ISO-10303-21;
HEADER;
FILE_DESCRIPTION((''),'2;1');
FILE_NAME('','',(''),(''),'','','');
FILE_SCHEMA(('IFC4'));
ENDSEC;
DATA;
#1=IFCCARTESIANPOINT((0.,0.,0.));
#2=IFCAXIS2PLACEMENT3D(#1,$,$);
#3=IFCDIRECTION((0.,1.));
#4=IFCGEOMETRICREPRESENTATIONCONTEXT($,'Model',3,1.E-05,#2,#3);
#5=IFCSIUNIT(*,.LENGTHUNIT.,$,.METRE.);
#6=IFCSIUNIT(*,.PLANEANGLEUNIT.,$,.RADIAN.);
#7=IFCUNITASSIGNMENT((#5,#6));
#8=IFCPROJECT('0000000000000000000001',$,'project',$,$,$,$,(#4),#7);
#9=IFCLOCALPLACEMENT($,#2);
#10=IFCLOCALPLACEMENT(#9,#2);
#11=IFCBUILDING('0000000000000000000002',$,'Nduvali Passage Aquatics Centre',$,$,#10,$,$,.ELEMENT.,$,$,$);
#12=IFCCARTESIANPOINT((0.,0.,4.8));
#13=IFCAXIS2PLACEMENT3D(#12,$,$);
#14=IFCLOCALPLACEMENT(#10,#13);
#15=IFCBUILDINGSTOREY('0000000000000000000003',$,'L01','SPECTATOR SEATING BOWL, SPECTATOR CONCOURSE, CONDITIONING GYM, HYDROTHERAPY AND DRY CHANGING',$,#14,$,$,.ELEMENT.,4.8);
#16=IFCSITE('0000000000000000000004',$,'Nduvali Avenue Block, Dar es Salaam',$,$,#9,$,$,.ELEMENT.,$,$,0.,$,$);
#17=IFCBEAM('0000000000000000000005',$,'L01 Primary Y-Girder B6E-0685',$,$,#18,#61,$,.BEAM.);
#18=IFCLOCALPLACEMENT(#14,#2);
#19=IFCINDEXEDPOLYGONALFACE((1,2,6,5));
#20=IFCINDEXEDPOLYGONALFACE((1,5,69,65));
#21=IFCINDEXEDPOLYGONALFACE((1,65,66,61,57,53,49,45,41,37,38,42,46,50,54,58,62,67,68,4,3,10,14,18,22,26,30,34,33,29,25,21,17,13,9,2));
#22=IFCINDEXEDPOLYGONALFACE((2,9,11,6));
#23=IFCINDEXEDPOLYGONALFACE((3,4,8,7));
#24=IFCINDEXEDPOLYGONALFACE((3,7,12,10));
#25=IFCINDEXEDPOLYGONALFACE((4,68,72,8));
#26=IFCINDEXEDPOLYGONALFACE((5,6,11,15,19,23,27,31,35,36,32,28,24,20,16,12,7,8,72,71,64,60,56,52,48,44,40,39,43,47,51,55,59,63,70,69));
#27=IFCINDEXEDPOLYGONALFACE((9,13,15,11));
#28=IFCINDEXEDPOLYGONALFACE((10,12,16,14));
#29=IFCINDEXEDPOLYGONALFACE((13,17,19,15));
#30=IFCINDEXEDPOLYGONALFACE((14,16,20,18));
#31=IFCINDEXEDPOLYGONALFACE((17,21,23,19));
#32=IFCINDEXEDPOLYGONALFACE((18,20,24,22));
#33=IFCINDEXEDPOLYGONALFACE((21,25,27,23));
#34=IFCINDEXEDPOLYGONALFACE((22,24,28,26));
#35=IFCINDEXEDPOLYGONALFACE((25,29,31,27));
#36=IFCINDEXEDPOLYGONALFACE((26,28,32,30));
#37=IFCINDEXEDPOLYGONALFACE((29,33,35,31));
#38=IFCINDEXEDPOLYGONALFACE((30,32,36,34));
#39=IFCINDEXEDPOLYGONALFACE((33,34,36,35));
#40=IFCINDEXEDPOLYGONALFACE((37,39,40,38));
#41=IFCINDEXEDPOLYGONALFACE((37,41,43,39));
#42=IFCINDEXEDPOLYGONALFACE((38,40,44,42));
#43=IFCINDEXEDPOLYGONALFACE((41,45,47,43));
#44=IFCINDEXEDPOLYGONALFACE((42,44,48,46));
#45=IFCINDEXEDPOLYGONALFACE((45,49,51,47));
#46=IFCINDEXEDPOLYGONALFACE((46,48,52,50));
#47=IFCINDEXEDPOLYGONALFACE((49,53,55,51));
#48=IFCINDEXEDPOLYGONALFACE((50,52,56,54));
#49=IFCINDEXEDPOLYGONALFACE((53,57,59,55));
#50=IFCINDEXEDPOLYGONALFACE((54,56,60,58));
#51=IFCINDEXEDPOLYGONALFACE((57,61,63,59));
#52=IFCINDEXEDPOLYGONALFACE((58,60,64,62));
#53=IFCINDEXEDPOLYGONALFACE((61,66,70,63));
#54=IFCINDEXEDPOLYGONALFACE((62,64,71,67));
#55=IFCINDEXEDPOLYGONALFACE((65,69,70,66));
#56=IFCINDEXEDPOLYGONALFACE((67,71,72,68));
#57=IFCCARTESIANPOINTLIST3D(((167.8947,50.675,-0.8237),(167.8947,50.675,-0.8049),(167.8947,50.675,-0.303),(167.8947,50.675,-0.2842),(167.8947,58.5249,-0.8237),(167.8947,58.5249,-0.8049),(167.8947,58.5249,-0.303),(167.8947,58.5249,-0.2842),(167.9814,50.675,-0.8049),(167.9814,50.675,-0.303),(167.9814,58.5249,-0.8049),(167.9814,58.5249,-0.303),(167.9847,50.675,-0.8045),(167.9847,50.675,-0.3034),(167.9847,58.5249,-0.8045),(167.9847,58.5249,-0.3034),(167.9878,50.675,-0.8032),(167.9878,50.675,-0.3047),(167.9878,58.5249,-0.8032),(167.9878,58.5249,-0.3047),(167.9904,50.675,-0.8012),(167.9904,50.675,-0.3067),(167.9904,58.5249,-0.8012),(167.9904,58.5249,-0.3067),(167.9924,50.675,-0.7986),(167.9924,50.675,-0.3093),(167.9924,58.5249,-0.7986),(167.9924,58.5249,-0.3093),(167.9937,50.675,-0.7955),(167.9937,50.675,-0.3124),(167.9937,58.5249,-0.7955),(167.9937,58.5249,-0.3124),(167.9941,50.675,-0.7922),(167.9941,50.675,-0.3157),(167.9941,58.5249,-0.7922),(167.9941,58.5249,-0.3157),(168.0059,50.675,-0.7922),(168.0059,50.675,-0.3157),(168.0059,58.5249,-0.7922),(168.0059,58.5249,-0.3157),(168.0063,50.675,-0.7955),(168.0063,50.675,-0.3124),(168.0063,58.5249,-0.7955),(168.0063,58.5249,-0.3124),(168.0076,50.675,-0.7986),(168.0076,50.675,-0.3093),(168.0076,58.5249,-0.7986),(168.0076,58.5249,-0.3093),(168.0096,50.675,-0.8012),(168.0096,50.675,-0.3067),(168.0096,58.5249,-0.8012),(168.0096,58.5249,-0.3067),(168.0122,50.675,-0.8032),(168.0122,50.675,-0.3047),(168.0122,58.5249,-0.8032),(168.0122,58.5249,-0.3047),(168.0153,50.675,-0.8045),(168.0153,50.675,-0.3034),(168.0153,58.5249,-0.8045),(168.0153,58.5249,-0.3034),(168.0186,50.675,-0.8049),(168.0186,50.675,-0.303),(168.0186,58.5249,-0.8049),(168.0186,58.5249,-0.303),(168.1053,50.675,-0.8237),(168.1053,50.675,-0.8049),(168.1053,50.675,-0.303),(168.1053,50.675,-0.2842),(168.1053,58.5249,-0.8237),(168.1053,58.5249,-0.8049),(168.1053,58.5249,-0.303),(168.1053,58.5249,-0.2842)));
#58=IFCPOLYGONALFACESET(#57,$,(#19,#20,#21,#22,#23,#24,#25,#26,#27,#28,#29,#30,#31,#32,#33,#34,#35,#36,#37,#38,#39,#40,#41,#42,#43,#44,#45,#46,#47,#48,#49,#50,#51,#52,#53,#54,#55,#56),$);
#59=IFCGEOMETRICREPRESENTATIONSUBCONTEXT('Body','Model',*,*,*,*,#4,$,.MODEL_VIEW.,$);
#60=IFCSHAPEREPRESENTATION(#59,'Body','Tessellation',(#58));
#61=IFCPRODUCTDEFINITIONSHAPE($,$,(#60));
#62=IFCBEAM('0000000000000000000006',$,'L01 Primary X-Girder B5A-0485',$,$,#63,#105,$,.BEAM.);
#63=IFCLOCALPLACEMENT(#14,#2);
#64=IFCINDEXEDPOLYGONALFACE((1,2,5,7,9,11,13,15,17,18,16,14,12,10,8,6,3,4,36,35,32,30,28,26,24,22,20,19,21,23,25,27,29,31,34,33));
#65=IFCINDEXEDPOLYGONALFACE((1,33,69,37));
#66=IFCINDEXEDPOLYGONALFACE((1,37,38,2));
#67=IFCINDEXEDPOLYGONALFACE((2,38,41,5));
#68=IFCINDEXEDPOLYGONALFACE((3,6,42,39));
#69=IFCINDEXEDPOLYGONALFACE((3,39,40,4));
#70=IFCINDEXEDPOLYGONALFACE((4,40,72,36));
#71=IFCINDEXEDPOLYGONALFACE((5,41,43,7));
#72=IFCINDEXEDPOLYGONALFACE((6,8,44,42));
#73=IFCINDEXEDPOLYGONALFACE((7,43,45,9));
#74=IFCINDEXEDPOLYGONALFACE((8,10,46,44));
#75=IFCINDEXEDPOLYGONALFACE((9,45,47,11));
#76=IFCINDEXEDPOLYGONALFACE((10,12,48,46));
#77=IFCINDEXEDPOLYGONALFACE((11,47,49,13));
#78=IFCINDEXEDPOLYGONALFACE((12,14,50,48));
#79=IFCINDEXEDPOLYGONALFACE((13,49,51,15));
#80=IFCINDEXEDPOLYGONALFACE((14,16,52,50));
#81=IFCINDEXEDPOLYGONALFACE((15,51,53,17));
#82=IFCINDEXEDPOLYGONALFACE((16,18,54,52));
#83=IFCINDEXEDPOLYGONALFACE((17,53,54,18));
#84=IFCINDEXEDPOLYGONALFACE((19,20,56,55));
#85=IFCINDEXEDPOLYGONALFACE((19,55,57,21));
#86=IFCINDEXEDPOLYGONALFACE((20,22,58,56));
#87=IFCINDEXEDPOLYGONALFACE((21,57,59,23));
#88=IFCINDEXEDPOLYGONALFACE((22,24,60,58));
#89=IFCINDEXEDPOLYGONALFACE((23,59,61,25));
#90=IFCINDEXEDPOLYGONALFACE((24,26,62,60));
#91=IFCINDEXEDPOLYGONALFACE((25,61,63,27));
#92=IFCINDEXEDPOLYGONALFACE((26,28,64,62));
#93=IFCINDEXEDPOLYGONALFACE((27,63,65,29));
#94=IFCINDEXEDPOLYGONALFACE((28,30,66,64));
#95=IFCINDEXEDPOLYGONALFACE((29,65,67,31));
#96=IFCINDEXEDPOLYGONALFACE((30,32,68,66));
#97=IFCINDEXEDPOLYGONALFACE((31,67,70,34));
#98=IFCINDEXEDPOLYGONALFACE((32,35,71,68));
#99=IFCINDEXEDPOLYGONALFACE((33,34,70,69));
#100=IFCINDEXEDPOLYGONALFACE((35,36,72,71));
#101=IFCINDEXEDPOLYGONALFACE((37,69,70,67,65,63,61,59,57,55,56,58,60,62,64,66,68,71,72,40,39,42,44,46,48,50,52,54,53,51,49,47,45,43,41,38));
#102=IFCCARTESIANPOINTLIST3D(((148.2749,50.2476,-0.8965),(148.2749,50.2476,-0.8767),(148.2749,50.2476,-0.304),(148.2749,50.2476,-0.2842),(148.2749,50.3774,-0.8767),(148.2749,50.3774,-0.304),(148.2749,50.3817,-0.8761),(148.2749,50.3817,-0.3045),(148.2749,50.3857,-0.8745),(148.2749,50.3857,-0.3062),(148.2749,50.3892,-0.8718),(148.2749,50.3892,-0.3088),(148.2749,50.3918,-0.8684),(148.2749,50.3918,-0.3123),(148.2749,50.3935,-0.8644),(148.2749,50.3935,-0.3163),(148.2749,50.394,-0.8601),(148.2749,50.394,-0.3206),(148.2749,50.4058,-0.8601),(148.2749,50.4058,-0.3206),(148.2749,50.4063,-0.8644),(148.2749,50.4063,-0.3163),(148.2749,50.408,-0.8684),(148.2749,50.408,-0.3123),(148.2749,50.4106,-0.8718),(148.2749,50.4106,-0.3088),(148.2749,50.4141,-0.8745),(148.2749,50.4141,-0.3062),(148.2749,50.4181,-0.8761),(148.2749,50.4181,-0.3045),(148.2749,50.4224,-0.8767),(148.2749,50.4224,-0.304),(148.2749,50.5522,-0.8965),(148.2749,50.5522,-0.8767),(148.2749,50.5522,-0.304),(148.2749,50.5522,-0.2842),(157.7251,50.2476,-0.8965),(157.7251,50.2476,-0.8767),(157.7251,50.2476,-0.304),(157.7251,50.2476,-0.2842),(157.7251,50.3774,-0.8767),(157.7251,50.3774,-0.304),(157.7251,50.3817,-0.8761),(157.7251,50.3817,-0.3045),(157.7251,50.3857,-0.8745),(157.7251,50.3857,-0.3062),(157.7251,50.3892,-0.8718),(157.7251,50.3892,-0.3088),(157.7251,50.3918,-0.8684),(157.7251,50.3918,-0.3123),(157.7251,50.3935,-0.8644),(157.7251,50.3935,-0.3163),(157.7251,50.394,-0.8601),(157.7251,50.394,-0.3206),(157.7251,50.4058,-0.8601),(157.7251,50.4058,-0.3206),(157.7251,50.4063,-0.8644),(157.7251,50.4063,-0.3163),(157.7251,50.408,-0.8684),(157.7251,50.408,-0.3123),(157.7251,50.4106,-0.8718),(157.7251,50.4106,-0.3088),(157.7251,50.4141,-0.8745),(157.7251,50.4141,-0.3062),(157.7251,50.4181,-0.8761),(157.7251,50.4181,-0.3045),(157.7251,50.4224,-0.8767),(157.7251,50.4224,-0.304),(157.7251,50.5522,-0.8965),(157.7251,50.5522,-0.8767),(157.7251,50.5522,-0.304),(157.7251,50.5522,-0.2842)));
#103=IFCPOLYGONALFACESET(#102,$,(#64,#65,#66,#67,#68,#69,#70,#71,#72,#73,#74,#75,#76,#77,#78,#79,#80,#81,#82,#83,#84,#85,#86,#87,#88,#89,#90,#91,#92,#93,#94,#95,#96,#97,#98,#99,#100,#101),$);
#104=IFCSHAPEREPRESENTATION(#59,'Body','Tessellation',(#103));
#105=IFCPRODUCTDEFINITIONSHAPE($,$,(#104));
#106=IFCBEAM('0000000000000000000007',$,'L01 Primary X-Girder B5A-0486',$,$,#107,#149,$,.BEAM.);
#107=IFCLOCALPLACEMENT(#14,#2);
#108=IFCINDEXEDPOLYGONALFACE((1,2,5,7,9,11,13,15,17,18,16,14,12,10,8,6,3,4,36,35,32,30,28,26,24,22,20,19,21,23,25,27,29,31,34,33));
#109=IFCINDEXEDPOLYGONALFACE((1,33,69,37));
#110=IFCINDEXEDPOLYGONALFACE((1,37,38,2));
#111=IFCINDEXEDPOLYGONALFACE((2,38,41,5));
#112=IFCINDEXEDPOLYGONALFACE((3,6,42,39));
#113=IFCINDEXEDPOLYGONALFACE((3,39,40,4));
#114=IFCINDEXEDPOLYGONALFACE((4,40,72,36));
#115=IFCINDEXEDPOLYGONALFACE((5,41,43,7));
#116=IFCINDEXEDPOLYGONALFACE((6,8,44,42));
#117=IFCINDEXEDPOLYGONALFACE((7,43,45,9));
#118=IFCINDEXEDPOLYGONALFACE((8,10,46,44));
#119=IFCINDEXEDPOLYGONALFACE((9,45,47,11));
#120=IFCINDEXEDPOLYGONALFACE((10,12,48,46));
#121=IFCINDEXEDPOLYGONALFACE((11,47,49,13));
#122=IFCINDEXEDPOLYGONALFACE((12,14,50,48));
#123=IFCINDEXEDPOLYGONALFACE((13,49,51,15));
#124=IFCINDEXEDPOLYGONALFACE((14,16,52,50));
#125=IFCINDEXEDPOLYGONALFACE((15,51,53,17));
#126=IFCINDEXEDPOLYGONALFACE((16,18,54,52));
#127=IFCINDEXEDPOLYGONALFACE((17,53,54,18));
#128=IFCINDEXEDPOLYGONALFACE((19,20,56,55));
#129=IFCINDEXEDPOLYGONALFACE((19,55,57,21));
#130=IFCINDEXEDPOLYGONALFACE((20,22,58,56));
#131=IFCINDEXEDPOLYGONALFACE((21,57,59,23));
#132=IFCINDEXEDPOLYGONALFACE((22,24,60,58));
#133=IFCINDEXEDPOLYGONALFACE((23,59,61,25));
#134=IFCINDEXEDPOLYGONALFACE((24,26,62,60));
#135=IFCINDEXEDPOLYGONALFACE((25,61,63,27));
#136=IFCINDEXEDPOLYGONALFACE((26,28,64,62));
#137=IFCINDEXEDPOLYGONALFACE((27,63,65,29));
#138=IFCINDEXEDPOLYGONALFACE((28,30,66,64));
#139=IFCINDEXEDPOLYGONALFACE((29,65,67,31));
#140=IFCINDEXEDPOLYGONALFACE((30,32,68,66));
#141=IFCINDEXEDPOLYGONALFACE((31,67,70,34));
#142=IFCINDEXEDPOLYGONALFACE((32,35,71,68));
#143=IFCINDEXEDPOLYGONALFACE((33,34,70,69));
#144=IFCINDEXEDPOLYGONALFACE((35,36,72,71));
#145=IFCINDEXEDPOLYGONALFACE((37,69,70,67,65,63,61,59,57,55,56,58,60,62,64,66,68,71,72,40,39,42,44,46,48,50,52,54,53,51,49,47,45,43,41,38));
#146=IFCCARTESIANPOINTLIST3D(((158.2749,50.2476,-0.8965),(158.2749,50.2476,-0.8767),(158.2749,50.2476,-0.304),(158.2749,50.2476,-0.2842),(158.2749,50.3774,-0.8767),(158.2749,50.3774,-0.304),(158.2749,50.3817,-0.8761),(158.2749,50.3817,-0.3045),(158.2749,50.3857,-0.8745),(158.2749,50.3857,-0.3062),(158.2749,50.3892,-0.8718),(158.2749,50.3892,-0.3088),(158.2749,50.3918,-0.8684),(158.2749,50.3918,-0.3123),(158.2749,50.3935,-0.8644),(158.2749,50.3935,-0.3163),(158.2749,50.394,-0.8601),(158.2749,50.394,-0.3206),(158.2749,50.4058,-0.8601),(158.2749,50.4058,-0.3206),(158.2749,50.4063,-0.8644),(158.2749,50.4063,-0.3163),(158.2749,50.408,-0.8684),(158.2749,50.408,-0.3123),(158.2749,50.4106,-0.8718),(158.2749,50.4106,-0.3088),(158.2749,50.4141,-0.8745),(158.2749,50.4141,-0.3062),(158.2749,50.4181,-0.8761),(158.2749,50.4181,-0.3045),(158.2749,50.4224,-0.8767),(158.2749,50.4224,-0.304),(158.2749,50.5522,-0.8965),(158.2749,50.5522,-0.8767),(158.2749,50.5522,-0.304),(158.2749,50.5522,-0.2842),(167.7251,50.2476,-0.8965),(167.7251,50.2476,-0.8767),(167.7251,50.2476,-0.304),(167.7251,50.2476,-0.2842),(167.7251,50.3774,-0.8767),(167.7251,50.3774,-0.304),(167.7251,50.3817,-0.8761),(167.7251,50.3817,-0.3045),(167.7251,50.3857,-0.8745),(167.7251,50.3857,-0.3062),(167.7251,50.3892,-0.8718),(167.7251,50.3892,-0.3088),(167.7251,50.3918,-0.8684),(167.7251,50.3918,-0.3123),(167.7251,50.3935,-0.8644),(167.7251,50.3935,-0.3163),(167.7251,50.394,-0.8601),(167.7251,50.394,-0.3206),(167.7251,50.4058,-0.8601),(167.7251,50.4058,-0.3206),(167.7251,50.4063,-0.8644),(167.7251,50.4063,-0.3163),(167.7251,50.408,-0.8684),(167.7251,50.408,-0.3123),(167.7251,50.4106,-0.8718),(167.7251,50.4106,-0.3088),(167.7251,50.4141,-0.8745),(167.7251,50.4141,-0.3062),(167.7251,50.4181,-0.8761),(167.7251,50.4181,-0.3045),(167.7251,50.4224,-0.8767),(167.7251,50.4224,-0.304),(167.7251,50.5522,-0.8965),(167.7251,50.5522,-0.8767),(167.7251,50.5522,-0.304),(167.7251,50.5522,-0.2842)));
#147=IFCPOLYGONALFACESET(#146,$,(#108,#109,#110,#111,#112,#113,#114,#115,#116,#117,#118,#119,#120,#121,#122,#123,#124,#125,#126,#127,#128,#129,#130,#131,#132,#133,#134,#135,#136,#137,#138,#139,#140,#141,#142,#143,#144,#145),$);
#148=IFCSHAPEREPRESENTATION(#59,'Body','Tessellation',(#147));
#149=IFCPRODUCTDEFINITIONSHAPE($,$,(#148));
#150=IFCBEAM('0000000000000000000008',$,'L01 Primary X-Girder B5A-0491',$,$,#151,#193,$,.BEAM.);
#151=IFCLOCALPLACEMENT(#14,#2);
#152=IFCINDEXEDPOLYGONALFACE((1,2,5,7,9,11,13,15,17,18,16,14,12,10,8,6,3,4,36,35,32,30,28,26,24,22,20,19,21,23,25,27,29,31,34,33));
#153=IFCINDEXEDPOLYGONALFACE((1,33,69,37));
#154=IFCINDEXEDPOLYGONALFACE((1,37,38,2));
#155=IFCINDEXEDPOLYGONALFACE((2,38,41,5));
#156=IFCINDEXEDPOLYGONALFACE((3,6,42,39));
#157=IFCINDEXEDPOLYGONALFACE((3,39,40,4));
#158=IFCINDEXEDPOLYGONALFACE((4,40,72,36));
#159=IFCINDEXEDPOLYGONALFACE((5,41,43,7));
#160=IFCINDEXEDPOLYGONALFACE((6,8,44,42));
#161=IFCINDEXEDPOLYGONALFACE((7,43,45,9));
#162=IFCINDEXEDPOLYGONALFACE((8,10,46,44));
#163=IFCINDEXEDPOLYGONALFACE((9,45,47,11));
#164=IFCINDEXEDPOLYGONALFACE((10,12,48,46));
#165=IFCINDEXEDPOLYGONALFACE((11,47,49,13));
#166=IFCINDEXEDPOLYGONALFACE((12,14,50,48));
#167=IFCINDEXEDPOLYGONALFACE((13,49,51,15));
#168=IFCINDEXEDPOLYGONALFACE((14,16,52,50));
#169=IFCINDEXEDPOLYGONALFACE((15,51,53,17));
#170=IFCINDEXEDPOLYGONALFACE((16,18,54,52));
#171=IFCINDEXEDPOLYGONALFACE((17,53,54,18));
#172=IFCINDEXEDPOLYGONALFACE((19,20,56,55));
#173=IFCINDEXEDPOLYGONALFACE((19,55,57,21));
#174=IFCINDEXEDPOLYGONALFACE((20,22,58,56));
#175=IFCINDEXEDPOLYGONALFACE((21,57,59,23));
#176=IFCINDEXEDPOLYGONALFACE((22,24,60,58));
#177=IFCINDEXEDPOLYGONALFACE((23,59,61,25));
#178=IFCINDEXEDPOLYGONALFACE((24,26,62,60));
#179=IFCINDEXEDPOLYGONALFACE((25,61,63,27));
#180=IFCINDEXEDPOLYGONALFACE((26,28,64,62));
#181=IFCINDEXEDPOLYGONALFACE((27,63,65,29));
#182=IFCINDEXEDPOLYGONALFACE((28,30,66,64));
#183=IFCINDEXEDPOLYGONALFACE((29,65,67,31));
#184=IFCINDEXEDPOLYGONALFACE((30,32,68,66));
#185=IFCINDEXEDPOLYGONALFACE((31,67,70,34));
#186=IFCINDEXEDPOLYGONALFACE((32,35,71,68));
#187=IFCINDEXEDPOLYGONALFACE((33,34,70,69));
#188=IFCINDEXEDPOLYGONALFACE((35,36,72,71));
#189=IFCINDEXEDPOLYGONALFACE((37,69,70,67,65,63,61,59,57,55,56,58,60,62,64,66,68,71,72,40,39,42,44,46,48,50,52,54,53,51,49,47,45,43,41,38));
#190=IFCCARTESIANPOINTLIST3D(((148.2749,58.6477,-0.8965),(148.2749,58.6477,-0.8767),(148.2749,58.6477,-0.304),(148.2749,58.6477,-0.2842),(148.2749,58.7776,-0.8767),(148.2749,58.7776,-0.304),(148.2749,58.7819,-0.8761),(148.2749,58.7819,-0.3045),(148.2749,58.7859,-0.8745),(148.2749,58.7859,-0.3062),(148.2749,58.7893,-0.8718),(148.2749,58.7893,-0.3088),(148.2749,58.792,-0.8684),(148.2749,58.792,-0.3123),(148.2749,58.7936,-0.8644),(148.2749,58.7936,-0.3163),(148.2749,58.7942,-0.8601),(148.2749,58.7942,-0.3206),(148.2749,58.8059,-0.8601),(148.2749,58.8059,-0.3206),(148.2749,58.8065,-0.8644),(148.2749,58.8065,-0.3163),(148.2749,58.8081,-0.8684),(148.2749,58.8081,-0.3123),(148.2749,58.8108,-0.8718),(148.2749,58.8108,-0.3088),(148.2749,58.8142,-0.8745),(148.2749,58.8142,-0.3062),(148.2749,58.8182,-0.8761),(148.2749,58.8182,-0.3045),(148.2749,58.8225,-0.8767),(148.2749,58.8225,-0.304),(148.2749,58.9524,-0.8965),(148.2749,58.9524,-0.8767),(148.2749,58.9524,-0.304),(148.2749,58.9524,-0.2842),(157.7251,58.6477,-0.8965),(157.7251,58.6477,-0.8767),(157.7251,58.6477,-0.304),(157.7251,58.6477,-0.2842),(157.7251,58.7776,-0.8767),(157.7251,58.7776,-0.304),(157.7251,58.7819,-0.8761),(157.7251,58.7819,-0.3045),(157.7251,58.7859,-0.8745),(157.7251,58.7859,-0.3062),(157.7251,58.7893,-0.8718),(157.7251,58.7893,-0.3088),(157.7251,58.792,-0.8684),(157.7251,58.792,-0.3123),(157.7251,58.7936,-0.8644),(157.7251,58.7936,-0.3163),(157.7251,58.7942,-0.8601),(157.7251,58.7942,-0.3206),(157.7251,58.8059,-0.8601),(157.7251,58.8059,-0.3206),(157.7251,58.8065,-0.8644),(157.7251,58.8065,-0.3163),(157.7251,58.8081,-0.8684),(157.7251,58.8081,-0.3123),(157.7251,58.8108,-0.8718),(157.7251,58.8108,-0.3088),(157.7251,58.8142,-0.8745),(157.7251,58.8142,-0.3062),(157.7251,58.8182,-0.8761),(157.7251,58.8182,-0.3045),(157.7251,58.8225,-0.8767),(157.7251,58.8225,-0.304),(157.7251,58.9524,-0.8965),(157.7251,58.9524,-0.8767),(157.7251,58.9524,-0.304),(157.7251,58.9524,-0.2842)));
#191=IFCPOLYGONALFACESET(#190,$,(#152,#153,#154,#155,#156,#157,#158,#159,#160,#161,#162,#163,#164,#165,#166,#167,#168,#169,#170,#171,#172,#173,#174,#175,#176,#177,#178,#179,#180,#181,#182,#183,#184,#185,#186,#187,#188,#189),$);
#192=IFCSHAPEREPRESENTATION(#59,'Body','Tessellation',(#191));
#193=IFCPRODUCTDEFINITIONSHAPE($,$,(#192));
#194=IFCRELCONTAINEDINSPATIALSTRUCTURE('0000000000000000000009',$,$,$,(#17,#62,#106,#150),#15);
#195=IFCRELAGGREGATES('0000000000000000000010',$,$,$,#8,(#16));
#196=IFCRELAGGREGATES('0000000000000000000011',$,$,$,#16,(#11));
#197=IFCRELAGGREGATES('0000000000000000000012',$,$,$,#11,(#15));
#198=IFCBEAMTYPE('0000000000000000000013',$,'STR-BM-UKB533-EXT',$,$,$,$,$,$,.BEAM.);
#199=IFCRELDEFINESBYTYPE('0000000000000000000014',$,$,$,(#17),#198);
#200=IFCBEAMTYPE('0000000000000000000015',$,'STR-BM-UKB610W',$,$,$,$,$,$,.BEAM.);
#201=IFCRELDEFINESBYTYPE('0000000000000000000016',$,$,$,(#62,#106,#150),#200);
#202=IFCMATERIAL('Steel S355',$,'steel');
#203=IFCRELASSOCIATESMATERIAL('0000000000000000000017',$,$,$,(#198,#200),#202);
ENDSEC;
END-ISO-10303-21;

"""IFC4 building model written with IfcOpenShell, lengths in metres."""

from ifc_helpers import new_model, si_unit, direction, frame, origin, origin_2d, place, context, subcontext, project, spatial, i_section, extrude, material, material_profile, profile_set, type_object, element, save


model = new_model("IFC4")

# Units and contexts
model_context = context("Model", 3, precision=1e-05, world=origin(), true_north=direction((0.0, 1.0)))
body_context = subcontext(model_context, "Body", "Model", "MODEL_VIEW")
ifc_project = project(units=[si_unit("LENGTHUNIT", "METRE"), si_unit("PLANEANGLEUNIT", "RADIAN")], contexts=[model_context])

# Site, building, storey
site_placement = place(None, origin())
site = spatial("IfcSite", under=ifc_project, at=site_placement, Name="Nduvali Avenue Block, Dar es Salaam", CompositionType="ELEMENT", RefElevation=0.0)
building_placement = place(site_placement, origin())
building = spatial("IfcBuilding", under=site, at=building_placement, Name="Nduvali Passage Aquatics Centre", CompositionType="ELEMENT")
storey_placement = place(building_placement, frame((0.0, 0.0, 4.8)))
storey = spatial("IfcBuildingStorey", under=building, at=storey_placement, Name="L01", Description="SPECTATOR SEATING BOWL, SPECTATOR CONCOURSE, CONDITIONING GYM, HYDROTHERAPY AND DRY CHANGING", CompositionType="ELEMENT", Elevation=4.8)

# Shared definitions
ifc_material_1 = material(Name="Steel S355", Category="steel")

# Beams
ifc_material_profile_1 = material_profile(ifc_material_1, i_section(OverallWidth=0.2107, OverallDepth=0.5396, WebThickness=0.0117, FlangeThickness=0.0188, FilletRadius=0.0127, at=origin_2d()), Name="UKB 533x210x109")
ifc_profile_set_1 = profile_set([ifc_material_profile_1], Name="Steel S355")
beam_type_1 = type_object("IfcBeamType", Name="STR-BM-UKB533-EXT", PredefinedType="BEAM", material=ifc_profile_set_1)
beam_1_placement = place(storey_placement, frame((168.0, 50.675, -0.554), z_axis=(0.0, 1.0, 0.0), x_axis=(-1.0, 0.0, 0.0)))
element("IfcBeam", 1, at=beam_1_placement, inside=storey, type_object=beam_type_1, Name="L01 Primary Y-Girder B6E-0685", PredefinedType="BEAM", context=body_context, shape_type="SweptSolid", body=[
    extrude(i_section(OverallWidth=0.2107, OverallDepth=0.5396, WebThickness=0.0117, FlangeThickness=0.0188, FilletRadius=0.0127, at=origin_2d()), origin(), (0.0, 0.0, 1.0), 7.8499),
])
ifc_material_profile_2 = material_profile(ifc_material_1, i_section(OverallWidth=0.3047, OverallDepth=0.6123, WebThickness=0.0117, FlangeThickness=0.0198, FilletRadius=0.0166, at=origin_2d()), Name="UKB 610x305x149")
ifc_profile_set_2 = profile_set([ifc_material_profile_2], Name="Steel S355")
beam_type_2 = type_object("IfcBeamType", Name="STR-BM-UKB610W", PredefinedType="BEAM", material=ifc_profile_set_2)
for number, where, z_axis, x_axis, name in (
    (2, (148.2749, 50.3999, -0.5903), (1.0, 0.0, 0.0), (0.0, 1.0, 0.0), "L01 Primary X-Girder B5A-0485"),
    (3, (158.2749, 50.3999, -0.5903), (1.0, 0.0, 0.0), (0.0, 1.0, 0.0), "L01 Primary X-Girder B5A-0486"),
    (4, (148.2749, 58.8, -0.5903), (1.0, 0.0, 0.0), (0.0, 1.0, 0.0), "L01 Primary X-Girder B5A-0491"),
):
    element("IfcBeam", number, at=place(storey_placement, frame(where, z_axis=z_axis, x_axis=x_axis)), inside=storey, type_object=beam_type_2, Name=name, PredefinedType="BEAM", context=body_context, shape_type="SweptSolid", body=[
        extrude(i_section(OverallWidth=0.3047, OverallDepth=0.6123, WebThickness=0.0117, FlangeThickness=0.0198, FilletRadius=0.0166, at=origin_2d()), origin(), (0.0, 0.0, 1.0), 9.4502),
    ])

save(model, "model.ifc")
